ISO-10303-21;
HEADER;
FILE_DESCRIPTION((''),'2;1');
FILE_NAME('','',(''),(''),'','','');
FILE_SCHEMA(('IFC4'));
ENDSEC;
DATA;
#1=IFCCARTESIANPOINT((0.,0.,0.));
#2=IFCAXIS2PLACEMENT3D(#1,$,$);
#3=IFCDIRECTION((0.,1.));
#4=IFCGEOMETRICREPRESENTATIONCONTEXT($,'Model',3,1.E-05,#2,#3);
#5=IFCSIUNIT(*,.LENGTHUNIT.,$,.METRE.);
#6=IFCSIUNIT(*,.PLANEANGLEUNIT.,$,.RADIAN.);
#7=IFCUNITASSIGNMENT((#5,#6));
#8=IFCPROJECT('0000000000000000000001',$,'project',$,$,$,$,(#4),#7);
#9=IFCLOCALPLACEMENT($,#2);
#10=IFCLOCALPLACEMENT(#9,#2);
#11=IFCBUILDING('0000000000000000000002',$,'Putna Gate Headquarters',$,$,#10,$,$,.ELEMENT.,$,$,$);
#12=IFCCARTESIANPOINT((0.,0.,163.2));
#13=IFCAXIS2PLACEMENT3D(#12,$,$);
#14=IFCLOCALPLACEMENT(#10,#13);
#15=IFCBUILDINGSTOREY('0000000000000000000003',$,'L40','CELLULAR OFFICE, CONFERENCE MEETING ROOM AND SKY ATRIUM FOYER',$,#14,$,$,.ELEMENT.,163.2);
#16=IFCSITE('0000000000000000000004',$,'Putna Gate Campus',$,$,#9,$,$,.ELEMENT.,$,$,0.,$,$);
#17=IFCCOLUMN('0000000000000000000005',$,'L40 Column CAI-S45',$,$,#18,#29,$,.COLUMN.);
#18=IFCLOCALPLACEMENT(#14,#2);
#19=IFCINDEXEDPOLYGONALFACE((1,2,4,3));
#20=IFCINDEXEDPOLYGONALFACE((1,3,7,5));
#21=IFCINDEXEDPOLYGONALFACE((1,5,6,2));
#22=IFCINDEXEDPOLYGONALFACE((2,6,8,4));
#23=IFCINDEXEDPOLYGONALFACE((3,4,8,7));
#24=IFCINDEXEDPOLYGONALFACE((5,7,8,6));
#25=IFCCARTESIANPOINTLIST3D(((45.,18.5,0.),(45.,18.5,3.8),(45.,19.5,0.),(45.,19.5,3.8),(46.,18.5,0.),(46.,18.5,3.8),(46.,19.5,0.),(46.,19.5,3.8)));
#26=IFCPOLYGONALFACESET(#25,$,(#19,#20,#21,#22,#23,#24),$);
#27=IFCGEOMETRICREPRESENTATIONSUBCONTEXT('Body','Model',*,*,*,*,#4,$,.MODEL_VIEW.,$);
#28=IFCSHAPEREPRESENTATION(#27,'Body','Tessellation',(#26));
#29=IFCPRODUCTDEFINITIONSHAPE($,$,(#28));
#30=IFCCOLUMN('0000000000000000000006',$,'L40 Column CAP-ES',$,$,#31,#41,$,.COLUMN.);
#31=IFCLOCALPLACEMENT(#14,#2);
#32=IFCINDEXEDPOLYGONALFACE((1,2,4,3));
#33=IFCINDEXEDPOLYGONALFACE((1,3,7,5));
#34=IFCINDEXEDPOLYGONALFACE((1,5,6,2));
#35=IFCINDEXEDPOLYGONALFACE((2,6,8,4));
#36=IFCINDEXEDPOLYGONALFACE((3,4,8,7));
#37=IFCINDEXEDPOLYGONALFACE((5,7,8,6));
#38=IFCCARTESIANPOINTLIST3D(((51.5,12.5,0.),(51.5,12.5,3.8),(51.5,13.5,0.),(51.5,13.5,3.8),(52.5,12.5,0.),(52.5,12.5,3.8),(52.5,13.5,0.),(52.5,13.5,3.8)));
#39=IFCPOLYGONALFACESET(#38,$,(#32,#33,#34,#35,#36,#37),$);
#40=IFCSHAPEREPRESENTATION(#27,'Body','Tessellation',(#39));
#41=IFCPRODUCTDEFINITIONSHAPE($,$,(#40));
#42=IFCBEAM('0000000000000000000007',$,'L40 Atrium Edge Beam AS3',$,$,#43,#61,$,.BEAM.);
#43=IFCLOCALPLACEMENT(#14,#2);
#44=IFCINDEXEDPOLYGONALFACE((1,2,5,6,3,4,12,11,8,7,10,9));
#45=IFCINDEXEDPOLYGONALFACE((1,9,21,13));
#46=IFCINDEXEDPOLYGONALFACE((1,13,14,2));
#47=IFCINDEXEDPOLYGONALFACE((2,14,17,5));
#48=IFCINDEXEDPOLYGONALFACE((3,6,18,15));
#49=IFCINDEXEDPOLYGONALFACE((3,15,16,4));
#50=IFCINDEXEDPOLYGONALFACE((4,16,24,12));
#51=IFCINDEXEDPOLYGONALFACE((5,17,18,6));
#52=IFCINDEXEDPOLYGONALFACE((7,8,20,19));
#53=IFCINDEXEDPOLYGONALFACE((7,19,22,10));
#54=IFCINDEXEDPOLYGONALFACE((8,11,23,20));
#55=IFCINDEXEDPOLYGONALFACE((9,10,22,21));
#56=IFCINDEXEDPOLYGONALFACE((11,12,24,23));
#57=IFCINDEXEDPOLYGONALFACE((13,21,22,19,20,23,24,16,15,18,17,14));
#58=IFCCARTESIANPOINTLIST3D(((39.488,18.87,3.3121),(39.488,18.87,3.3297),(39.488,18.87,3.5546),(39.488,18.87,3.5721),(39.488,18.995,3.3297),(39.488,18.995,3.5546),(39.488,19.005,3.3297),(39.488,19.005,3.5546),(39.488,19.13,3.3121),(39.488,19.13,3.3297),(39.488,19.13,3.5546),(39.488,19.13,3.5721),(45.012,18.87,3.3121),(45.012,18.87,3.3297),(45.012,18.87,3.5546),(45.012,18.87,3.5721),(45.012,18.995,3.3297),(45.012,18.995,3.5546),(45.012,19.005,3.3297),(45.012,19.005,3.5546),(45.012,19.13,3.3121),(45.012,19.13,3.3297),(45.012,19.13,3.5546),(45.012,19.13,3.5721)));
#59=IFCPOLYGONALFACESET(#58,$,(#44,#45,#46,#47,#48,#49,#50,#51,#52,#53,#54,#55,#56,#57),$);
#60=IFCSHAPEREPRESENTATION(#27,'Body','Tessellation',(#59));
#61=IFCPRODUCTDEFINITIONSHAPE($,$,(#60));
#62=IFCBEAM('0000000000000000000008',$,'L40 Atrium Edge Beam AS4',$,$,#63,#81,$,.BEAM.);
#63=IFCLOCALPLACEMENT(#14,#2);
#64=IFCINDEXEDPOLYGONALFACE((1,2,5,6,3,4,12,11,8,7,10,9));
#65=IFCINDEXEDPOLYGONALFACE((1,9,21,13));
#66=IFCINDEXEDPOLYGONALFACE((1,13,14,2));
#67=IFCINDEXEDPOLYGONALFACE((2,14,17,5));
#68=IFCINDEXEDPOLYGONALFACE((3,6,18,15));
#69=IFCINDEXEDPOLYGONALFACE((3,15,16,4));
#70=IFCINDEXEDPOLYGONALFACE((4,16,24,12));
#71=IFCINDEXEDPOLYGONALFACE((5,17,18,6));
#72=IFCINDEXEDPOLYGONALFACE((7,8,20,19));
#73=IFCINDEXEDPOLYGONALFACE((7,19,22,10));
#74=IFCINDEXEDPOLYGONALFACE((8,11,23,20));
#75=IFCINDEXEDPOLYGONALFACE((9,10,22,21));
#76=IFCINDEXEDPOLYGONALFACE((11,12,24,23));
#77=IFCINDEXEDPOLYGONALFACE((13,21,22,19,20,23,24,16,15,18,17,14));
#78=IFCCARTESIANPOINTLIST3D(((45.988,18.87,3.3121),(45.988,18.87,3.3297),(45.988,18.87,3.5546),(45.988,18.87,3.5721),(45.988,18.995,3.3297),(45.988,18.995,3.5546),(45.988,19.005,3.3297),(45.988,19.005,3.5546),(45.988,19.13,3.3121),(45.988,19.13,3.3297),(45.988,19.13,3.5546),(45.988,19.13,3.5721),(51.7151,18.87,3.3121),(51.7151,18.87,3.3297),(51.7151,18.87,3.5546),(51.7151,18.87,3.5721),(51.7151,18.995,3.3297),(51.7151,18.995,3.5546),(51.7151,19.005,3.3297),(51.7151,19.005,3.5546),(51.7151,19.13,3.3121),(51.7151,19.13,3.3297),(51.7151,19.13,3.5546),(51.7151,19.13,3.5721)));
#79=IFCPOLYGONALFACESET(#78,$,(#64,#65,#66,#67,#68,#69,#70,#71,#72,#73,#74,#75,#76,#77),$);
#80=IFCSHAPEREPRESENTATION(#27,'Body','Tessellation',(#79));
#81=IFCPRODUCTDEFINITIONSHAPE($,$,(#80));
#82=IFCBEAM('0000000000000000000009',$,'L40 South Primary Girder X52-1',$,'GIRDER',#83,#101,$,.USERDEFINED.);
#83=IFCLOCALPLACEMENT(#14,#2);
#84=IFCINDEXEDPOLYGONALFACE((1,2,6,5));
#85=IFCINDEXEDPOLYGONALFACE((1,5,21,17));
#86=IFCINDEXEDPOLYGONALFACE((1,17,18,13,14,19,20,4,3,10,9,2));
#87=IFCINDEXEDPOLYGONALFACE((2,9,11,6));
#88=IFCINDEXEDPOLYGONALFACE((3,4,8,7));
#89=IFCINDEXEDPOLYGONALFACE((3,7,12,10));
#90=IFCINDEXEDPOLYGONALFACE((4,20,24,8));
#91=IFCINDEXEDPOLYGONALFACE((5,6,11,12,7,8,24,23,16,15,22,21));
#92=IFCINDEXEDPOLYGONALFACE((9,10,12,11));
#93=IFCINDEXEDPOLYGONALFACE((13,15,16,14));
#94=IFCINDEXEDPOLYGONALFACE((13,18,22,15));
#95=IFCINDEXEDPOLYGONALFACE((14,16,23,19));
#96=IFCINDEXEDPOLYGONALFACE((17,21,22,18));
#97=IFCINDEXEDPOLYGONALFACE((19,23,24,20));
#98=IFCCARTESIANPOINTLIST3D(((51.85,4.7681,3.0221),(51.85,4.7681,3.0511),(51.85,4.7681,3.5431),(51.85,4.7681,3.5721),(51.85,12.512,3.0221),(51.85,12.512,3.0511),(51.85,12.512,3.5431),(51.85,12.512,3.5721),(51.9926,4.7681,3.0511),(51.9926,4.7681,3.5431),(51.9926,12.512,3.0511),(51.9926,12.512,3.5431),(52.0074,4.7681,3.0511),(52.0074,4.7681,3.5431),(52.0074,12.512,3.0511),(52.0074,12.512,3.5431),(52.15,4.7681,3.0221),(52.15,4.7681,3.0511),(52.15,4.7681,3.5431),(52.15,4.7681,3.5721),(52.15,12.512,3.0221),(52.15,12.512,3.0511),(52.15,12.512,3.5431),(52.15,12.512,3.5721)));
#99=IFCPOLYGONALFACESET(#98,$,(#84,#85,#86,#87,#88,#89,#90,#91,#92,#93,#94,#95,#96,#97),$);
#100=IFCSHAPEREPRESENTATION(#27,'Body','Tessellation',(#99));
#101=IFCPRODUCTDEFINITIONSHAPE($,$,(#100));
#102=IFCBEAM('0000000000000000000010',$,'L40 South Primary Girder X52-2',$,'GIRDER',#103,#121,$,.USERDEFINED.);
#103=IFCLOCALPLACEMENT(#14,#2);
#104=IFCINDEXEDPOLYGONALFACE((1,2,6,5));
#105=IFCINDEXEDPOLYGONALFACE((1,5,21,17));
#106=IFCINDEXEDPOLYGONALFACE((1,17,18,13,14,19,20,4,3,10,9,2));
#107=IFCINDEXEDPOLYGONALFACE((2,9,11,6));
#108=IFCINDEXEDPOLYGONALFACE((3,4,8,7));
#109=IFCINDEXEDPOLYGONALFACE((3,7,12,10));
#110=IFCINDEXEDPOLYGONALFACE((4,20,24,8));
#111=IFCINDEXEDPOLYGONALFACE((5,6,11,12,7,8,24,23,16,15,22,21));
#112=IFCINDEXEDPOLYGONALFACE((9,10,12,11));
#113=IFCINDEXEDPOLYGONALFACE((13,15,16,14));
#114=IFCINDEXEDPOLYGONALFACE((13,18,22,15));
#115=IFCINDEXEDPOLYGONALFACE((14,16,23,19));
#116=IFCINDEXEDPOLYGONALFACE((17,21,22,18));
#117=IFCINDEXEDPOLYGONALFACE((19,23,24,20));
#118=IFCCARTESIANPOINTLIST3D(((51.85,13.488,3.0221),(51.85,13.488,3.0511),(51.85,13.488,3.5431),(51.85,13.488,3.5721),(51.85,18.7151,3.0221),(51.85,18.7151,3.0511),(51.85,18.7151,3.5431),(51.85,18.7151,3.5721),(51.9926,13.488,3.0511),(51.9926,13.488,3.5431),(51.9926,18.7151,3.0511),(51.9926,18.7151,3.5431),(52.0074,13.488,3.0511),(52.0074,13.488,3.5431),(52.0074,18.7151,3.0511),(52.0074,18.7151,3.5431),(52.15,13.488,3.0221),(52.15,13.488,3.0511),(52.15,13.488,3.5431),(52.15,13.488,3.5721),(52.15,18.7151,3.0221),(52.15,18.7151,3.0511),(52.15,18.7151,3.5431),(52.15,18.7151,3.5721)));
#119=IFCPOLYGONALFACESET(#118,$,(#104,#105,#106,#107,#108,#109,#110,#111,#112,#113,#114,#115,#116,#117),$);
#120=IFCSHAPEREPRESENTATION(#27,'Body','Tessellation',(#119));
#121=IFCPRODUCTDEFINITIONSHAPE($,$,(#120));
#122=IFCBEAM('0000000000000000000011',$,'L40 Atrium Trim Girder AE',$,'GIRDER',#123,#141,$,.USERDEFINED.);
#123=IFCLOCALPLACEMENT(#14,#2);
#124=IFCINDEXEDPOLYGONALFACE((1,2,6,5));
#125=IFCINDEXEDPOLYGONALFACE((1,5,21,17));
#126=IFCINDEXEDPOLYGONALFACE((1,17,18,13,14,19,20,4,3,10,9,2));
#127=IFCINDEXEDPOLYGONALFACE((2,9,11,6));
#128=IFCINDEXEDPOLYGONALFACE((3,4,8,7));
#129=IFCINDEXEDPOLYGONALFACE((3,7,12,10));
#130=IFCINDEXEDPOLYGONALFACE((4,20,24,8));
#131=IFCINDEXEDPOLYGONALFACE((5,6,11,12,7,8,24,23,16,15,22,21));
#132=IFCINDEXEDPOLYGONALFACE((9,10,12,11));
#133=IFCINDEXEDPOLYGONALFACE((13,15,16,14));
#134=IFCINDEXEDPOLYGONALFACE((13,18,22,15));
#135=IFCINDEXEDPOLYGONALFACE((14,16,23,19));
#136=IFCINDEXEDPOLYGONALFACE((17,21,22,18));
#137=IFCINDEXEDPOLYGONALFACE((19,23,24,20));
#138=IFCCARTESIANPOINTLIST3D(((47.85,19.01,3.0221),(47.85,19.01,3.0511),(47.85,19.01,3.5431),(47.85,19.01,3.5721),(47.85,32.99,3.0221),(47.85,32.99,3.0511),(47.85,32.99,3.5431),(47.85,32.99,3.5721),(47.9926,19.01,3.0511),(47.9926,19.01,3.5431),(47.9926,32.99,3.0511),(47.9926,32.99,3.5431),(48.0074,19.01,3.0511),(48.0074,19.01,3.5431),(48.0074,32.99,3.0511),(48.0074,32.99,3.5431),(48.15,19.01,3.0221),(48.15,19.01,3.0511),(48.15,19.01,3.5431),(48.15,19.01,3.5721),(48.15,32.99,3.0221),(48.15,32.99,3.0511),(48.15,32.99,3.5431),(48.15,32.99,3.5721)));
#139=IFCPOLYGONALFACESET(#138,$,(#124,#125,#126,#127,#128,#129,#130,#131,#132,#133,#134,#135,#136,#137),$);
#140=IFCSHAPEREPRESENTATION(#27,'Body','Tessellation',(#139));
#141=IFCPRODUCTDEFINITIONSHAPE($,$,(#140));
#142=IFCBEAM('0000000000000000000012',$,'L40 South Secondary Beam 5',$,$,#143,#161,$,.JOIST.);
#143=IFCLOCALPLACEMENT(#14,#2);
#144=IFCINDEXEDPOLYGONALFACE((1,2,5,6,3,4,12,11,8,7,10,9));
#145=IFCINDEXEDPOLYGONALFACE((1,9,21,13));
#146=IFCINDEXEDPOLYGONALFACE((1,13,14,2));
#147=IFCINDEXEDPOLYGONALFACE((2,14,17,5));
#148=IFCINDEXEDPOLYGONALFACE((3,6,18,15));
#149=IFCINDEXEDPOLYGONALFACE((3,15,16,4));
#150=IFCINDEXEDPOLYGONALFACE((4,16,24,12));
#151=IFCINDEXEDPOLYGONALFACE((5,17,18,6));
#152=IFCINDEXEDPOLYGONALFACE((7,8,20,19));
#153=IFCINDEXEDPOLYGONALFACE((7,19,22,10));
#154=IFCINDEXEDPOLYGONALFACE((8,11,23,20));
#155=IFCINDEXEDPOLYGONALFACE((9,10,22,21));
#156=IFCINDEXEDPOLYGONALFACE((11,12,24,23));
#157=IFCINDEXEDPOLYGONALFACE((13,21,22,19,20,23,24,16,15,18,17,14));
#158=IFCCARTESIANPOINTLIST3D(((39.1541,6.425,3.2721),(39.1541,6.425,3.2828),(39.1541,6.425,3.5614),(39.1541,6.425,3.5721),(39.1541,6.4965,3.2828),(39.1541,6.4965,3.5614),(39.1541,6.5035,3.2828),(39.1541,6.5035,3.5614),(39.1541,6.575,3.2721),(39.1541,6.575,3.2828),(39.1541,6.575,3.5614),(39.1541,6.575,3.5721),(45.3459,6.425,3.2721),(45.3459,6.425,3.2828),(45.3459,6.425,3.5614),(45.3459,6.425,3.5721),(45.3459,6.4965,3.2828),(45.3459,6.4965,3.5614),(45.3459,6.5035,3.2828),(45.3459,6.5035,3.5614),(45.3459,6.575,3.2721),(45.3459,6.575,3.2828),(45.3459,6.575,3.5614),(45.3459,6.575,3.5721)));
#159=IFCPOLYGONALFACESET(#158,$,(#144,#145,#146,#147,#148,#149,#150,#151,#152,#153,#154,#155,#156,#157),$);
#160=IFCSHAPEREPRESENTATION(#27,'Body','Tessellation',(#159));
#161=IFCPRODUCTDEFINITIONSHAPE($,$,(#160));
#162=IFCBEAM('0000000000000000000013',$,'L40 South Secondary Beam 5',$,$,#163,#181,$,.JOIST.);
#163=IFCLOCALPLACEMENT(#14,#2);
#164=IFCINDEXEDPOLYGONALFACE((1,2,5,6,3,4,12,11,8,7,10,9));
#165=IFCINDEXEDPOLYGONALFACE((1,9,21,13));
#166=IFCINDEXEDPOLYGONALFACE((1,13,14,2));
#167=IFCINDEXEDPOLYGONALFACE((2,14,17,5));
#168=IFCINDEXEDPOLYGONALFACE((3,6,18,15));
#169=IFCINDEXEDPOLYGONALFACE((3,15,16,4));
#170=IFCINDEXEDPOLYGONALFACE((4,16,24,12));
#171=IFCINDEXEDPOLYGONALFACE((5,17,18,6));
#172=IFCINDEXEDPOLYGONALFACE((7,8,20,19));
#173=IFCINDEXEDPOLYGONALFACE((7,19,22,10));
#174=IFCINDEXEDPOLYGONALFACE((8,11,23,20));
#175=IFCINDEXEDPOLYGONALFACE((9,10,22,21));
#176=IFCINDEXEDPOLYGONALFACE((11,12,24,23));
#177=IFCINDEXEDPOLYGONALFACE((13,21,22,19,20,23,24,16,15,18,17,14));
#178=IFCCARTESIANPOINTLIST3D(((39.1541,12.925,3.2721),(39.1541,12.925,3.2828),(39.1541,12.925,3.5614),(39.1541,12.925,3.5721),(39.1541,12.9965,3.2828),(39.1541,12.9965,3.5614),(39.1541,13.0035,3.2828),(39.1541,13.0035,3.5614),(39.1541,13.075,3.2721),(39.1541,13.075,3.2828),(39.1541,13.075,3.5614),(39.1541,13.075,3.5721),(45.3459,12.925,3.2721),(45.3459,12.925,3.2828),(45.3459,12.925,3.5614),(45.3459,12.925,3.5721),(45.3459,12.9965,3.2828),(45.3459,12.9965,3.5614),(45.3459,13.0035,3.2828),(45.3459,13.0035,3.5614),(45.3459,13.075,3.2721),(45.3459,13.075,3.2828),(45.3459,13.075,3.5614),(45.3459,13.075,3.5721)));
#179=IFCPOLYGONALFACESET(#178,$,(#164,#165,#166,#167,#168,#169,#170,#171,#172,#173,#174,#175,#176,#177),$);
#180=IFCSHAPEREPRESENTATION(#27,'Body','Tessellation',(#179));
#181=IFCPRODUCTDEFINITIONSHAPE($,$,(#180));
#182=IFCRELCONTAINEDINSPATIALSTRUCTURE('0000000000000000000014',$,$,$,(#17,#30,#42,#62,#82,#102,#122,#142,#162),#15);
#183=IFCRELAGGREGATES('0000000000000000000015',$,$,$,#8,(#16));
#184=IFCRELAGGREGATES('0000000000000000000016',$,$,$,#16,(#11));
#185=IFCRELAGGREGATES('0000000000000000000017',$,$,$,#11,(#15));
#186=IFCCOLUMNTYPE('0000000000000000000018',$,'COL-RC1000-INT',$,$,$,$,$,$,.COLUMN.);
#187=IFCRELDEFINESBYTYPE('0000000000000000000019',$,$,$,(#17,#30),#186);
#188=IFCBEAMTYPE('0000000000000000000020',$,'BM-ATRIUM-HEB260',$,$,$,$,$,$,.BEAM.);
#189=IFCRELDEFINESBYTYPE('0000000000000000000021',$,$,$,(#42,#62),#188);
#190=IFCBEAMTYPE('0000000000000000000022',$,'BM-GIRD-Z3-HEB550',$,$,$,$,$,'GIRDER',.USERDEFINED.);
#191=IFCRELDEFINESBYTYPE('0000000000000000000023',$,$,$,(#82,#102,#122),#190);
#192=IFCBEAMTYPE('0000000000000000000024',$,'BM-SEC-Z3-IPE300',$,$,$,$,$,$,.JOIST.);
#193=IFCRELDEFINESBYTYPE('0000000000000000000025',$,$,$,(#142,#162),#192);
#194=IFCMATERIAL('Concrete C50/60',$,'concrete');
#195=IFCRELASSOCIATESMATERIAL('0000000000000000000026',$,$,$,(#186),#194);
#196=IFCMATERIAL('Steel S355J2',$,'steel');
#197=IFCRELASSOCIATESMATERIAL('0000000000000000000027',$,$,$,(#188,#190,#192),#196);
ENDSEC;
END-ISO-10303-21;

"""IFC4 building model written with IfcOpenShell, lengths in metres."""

from ifc_helpers import new_model, si_unit, direction, frame, origin, origin_2d, place, context, subcontext, project, spatial, rectangle, i_section, extrude, material, material_profile, profile_set, type_object, element, save


model = new_model("IFC4")

# Units and contexts
model_context = context("Model", 3, precision=1e-05, world=origin(), true_north=direction((0.0, 1.0)))
body_context = subcontext(model_context, "Body", "Model", "MODEL_VIEW")
ifc_project = project(units=[si_unit("LENGTHUNIT", "METRE"), si_unit("PLANEANGLEUNIT", "RADIAN")], contexts=[model_context])

# Site, building, storey
site_placement = place(None, origin())
site = spatial("IfcSite", under=ifc_project, at=site_placement, Name="Putna Gate Campus", CompositionType="ELEMENT", RefElevation=0.0)
building_placement = place(site_placement, origin())
building = spatial("IfcBuilding", under=site, at=building_placement, Name="Putna Gate Headquarters", CompositionType="ELEMENT")
storey_placement = place(building_placement, frame((0.0, 0.0, 163.2)))
storey = spatial("IfcBuildingStorey", under=building, at=storey_placement, Name="L40", Description="CELLULAR OFFICE, CONFERENCE MEETING ROOM AND SKY ATRIUM FOYER", CompositionType="ELEMENT", Elevation=163.2)

# Columns
ifc_material_1 = material(Name="Concrete C50/60", Category="concrete")
ifc_material_profile_1 = material_profile(ifc_material_1, rectangle(XDim=1.0, YDim=1.0, at=origin_2d()), Name="Concrete C50/60")
ifc_profile_set_1 = profile_set([ifc_material_profile_1], Name="Concrete C50/60")
column_type = type_object("IfcColumnType", Name="COL-RC1000-INT", PredefinedType="COLUMN", material=ifc_profile_set_1)
for number, where, z_axis, x_axis, name in (
    (1, (45.5, 19.0, 0.0), (0.0, 0.0, 1.0), (1.0, 0.0, 0.0), "L40 Column CAI-S45"),
    (2, (52.0, 13.0, 0.0), (0.0, 0.0, 1.0), (1.0, 0.0, 0.0), "L40 Column CAP-ES"),
):
    element("IfcColumn", number, at=place(storey_placement, frame(where, z_axis=z_axis, x_axis=x_axis)), inside=storey, type_object=column_type, Name=name, PredefinedType="COLUMN", context=body_context, shape_type="SweptSolid", body=[
        extrude(rectangle(XDim=1.0, YDim=1.0, at=origin_2d()), origin(), (0.0, 0.0, 1.0), 3.8),
    ])

# Beams
ifc_material_2 = material(Name="Steel S355J2", Category="steel")
ifc_material_profile_2 = material_profile(ifc_material_2, i_section(OverallWidth=0.26, OverallDepth=0.26, WebThickness=0.01, FlangeThickness=0.0176, at=origin_2d()), Name="Steel S355J2")
ifc_profile_set_2 = profile_set([ifc_material_profile_2], Name="Steel S355J2")
beam_type_1 = type_object("IfcBeamType", Name="BM-ATRIUM-HEB260", PredefinedType="BEAM", material=ifc_profile_set_2)
beam_1_placement = place(storey_placement, frame((39.488, 19.0, 3.4421), z_axis=(1.0, 0.0, 0.0), x_axis=(0.0, 1.0, 0.0)))
element("IfcBeam", 3, at=beam_1_placement, inside=storey, type_object=beam_type_1, Name="L40 Atrium Edge Beam AS3", PredefinedType="BEAM", context=body_context, shape_type="SweptSolid", body=[
    extrude(i_section(OverallWidth=0.26, OverallDepth=0.26, WebThickness=0.01, FlangeThickness=0.0176, at=origin_2d()), origin(), (0.0, 0.0, 1.0), 5.5239),
])
beam_2_placement = place(storey_placement, frame((45.988, 19.0, 3.4421), z_axis=(1.0, 0.0, 0.0), x_axis=(0.0, 1.0, 0.0)))
element("IfcBeam", 4, at=beam_2_placement, inside=storey, type_object=beam_type_1, Name="L40 Atrium Edge Beam AS4", PredefinedType="BEAM", context=body_context, shape_type="SweptSolid", body=[
    extrude(i_section(OverallWidth=0.26, OverallDepth=0.26, WebThickness=0.01, FlangeThickness=0.0176, at=origin_2d()), origin(), (0.0, 0.0, 1.0), 5.7271),
])
ifc_material_profile_3 = material_profile(ifc_material_2, i_section(OverallWidth=0.3, OverallDepth=0.55, WebThickness=0.0149, FlangeThickness=0.0291, at=origin_2d()), Name="Steel S355J2")
ifc_profile_set_3 = profile_set([ifc_material_profile_3], Name="Steel S355J2")
beam_type_2 = type_object("IfcBeamType", Name="BM-GIRD-Z3-HEB550", ElementType="GIRDER", PredefinedType="USERDEFINED", material=ifc_profile_set_3)
beam_3_placement = place(storey_placement, frame((52.0, 4.7681, 3.2971), z_axis=(0.0, 1.0, 0.0), x_axis=(-1.0, 0.0, 0.0)))
element("IfcBeam", 5, at=beam_3_placement, inside=storey, type_object=beam_type_2, Name="L40 South Primary Girder X52-1", ObjectType="GIRDER", PredefinedType="USERDEFINED", context=body_context, shape_type="SweptSolid", body=[
    extrude(i_section(OverallWidth=0.3, OverallDepth=0.55, WebThickness=0.0149, FlangeThickness=0.0291, at=origin_2d()), origin(), (0.0, 0.0, 1.0), 7.7439),
])
beam_4_placement = place(storey_placement, frame((52.0, 13.488, 3.2971), z_axis=(0.0, 1.0, 0.0), x_axis=(-1.0, 0.0, 0.0)))
element("IfcBeam", 6, at=beam_4_placement, inside=storey, type_object=beam_type_2, Name="L40 South Primary Girder X52-2", ObjectType="GIRDER", PredefinedType="USERDEFINED", context=body_context, shape_type="SweptSolid", body=[
    extrude(i_section(OverallWidth=0.3, OverallDepth=0.55, WebThickness=0.0149, FlangeThickness=0.0291, at=origin_2d()), origin(), (0.0, 0.0, 1.0), 5.2271),
])
beam_5_placement = place(storey_placement, frame((48.0, 19.01, 3.2971), z_axis=(0.0, 1.0, 0.0), x_axis=(-1.0, 0.0, 0.0)))
element("IfcBeam", 7, at=beam_5_placement, inside=storey, type_object=beam_type_2, Name="L40 Atrium Trim Girder AE", ObjectType="GIRDER", PredefinedType="USERDEFINED", context=body_context, shape_type="SweptSolid", body=[
    extrude(i_section(OverallWidth=0.3, OverallDepth=0.55, WebThickness=0.0149, FlangeThickness=0.0291, at=origin_2d()), origin(), (0.0, 0.0, 1.0), 13.98),
])
ifc_material_profile_4 = material_profile(ifc_material_2, i_section(OverallWidth=0.1499, OverallDepth=0.3, WebThickness=0.0071, FlangeThickness=0.0107, at=origin_2d()), Name="Steel S355J2")
ifc_profile_set_4 = profile_set([ifc_material_profile_4], Name="Steel S355J2")
beam_type_3 = type_object("IfcBeamType", Name="BM-SEC-Z3-IPE300", PredefinedType="JOIST", material=ifc_profile_set_4)
for number, where, z_axis, x_axis, name in (
    (8, (39.1541, 6.5, 3.4221), (1.0, 0.0, 0.0), (0.0, 1.0, 0.0), "L40 South Secondary Beam 5"),
    (9, (39.1541, 13.0, 3.4221), (1.0, 0.0, 0.0), (0.0, 1.0, 0.0), "L40 South Secondary Beam 5"),
):
    element("IfcBeam", number, at=place(storey_placement, frame(where, z_axis=z_axis, x_axis=x_axis)), inside=storey, type_object=beam_type_3, Name=name, PredefinedType="JOIST", context=body_context, shape_type="SweptSolid", body=[
        extrude(i_section(OverallWidth=0.1499, OverallDepth=0.3, WebThickness=0.0071, FlangeThickness=0.0107, at=origin_2d()), origin(), (0.0, 0.0, 1.0), 6.1919),
    ])

save(model, "model.ifc")
